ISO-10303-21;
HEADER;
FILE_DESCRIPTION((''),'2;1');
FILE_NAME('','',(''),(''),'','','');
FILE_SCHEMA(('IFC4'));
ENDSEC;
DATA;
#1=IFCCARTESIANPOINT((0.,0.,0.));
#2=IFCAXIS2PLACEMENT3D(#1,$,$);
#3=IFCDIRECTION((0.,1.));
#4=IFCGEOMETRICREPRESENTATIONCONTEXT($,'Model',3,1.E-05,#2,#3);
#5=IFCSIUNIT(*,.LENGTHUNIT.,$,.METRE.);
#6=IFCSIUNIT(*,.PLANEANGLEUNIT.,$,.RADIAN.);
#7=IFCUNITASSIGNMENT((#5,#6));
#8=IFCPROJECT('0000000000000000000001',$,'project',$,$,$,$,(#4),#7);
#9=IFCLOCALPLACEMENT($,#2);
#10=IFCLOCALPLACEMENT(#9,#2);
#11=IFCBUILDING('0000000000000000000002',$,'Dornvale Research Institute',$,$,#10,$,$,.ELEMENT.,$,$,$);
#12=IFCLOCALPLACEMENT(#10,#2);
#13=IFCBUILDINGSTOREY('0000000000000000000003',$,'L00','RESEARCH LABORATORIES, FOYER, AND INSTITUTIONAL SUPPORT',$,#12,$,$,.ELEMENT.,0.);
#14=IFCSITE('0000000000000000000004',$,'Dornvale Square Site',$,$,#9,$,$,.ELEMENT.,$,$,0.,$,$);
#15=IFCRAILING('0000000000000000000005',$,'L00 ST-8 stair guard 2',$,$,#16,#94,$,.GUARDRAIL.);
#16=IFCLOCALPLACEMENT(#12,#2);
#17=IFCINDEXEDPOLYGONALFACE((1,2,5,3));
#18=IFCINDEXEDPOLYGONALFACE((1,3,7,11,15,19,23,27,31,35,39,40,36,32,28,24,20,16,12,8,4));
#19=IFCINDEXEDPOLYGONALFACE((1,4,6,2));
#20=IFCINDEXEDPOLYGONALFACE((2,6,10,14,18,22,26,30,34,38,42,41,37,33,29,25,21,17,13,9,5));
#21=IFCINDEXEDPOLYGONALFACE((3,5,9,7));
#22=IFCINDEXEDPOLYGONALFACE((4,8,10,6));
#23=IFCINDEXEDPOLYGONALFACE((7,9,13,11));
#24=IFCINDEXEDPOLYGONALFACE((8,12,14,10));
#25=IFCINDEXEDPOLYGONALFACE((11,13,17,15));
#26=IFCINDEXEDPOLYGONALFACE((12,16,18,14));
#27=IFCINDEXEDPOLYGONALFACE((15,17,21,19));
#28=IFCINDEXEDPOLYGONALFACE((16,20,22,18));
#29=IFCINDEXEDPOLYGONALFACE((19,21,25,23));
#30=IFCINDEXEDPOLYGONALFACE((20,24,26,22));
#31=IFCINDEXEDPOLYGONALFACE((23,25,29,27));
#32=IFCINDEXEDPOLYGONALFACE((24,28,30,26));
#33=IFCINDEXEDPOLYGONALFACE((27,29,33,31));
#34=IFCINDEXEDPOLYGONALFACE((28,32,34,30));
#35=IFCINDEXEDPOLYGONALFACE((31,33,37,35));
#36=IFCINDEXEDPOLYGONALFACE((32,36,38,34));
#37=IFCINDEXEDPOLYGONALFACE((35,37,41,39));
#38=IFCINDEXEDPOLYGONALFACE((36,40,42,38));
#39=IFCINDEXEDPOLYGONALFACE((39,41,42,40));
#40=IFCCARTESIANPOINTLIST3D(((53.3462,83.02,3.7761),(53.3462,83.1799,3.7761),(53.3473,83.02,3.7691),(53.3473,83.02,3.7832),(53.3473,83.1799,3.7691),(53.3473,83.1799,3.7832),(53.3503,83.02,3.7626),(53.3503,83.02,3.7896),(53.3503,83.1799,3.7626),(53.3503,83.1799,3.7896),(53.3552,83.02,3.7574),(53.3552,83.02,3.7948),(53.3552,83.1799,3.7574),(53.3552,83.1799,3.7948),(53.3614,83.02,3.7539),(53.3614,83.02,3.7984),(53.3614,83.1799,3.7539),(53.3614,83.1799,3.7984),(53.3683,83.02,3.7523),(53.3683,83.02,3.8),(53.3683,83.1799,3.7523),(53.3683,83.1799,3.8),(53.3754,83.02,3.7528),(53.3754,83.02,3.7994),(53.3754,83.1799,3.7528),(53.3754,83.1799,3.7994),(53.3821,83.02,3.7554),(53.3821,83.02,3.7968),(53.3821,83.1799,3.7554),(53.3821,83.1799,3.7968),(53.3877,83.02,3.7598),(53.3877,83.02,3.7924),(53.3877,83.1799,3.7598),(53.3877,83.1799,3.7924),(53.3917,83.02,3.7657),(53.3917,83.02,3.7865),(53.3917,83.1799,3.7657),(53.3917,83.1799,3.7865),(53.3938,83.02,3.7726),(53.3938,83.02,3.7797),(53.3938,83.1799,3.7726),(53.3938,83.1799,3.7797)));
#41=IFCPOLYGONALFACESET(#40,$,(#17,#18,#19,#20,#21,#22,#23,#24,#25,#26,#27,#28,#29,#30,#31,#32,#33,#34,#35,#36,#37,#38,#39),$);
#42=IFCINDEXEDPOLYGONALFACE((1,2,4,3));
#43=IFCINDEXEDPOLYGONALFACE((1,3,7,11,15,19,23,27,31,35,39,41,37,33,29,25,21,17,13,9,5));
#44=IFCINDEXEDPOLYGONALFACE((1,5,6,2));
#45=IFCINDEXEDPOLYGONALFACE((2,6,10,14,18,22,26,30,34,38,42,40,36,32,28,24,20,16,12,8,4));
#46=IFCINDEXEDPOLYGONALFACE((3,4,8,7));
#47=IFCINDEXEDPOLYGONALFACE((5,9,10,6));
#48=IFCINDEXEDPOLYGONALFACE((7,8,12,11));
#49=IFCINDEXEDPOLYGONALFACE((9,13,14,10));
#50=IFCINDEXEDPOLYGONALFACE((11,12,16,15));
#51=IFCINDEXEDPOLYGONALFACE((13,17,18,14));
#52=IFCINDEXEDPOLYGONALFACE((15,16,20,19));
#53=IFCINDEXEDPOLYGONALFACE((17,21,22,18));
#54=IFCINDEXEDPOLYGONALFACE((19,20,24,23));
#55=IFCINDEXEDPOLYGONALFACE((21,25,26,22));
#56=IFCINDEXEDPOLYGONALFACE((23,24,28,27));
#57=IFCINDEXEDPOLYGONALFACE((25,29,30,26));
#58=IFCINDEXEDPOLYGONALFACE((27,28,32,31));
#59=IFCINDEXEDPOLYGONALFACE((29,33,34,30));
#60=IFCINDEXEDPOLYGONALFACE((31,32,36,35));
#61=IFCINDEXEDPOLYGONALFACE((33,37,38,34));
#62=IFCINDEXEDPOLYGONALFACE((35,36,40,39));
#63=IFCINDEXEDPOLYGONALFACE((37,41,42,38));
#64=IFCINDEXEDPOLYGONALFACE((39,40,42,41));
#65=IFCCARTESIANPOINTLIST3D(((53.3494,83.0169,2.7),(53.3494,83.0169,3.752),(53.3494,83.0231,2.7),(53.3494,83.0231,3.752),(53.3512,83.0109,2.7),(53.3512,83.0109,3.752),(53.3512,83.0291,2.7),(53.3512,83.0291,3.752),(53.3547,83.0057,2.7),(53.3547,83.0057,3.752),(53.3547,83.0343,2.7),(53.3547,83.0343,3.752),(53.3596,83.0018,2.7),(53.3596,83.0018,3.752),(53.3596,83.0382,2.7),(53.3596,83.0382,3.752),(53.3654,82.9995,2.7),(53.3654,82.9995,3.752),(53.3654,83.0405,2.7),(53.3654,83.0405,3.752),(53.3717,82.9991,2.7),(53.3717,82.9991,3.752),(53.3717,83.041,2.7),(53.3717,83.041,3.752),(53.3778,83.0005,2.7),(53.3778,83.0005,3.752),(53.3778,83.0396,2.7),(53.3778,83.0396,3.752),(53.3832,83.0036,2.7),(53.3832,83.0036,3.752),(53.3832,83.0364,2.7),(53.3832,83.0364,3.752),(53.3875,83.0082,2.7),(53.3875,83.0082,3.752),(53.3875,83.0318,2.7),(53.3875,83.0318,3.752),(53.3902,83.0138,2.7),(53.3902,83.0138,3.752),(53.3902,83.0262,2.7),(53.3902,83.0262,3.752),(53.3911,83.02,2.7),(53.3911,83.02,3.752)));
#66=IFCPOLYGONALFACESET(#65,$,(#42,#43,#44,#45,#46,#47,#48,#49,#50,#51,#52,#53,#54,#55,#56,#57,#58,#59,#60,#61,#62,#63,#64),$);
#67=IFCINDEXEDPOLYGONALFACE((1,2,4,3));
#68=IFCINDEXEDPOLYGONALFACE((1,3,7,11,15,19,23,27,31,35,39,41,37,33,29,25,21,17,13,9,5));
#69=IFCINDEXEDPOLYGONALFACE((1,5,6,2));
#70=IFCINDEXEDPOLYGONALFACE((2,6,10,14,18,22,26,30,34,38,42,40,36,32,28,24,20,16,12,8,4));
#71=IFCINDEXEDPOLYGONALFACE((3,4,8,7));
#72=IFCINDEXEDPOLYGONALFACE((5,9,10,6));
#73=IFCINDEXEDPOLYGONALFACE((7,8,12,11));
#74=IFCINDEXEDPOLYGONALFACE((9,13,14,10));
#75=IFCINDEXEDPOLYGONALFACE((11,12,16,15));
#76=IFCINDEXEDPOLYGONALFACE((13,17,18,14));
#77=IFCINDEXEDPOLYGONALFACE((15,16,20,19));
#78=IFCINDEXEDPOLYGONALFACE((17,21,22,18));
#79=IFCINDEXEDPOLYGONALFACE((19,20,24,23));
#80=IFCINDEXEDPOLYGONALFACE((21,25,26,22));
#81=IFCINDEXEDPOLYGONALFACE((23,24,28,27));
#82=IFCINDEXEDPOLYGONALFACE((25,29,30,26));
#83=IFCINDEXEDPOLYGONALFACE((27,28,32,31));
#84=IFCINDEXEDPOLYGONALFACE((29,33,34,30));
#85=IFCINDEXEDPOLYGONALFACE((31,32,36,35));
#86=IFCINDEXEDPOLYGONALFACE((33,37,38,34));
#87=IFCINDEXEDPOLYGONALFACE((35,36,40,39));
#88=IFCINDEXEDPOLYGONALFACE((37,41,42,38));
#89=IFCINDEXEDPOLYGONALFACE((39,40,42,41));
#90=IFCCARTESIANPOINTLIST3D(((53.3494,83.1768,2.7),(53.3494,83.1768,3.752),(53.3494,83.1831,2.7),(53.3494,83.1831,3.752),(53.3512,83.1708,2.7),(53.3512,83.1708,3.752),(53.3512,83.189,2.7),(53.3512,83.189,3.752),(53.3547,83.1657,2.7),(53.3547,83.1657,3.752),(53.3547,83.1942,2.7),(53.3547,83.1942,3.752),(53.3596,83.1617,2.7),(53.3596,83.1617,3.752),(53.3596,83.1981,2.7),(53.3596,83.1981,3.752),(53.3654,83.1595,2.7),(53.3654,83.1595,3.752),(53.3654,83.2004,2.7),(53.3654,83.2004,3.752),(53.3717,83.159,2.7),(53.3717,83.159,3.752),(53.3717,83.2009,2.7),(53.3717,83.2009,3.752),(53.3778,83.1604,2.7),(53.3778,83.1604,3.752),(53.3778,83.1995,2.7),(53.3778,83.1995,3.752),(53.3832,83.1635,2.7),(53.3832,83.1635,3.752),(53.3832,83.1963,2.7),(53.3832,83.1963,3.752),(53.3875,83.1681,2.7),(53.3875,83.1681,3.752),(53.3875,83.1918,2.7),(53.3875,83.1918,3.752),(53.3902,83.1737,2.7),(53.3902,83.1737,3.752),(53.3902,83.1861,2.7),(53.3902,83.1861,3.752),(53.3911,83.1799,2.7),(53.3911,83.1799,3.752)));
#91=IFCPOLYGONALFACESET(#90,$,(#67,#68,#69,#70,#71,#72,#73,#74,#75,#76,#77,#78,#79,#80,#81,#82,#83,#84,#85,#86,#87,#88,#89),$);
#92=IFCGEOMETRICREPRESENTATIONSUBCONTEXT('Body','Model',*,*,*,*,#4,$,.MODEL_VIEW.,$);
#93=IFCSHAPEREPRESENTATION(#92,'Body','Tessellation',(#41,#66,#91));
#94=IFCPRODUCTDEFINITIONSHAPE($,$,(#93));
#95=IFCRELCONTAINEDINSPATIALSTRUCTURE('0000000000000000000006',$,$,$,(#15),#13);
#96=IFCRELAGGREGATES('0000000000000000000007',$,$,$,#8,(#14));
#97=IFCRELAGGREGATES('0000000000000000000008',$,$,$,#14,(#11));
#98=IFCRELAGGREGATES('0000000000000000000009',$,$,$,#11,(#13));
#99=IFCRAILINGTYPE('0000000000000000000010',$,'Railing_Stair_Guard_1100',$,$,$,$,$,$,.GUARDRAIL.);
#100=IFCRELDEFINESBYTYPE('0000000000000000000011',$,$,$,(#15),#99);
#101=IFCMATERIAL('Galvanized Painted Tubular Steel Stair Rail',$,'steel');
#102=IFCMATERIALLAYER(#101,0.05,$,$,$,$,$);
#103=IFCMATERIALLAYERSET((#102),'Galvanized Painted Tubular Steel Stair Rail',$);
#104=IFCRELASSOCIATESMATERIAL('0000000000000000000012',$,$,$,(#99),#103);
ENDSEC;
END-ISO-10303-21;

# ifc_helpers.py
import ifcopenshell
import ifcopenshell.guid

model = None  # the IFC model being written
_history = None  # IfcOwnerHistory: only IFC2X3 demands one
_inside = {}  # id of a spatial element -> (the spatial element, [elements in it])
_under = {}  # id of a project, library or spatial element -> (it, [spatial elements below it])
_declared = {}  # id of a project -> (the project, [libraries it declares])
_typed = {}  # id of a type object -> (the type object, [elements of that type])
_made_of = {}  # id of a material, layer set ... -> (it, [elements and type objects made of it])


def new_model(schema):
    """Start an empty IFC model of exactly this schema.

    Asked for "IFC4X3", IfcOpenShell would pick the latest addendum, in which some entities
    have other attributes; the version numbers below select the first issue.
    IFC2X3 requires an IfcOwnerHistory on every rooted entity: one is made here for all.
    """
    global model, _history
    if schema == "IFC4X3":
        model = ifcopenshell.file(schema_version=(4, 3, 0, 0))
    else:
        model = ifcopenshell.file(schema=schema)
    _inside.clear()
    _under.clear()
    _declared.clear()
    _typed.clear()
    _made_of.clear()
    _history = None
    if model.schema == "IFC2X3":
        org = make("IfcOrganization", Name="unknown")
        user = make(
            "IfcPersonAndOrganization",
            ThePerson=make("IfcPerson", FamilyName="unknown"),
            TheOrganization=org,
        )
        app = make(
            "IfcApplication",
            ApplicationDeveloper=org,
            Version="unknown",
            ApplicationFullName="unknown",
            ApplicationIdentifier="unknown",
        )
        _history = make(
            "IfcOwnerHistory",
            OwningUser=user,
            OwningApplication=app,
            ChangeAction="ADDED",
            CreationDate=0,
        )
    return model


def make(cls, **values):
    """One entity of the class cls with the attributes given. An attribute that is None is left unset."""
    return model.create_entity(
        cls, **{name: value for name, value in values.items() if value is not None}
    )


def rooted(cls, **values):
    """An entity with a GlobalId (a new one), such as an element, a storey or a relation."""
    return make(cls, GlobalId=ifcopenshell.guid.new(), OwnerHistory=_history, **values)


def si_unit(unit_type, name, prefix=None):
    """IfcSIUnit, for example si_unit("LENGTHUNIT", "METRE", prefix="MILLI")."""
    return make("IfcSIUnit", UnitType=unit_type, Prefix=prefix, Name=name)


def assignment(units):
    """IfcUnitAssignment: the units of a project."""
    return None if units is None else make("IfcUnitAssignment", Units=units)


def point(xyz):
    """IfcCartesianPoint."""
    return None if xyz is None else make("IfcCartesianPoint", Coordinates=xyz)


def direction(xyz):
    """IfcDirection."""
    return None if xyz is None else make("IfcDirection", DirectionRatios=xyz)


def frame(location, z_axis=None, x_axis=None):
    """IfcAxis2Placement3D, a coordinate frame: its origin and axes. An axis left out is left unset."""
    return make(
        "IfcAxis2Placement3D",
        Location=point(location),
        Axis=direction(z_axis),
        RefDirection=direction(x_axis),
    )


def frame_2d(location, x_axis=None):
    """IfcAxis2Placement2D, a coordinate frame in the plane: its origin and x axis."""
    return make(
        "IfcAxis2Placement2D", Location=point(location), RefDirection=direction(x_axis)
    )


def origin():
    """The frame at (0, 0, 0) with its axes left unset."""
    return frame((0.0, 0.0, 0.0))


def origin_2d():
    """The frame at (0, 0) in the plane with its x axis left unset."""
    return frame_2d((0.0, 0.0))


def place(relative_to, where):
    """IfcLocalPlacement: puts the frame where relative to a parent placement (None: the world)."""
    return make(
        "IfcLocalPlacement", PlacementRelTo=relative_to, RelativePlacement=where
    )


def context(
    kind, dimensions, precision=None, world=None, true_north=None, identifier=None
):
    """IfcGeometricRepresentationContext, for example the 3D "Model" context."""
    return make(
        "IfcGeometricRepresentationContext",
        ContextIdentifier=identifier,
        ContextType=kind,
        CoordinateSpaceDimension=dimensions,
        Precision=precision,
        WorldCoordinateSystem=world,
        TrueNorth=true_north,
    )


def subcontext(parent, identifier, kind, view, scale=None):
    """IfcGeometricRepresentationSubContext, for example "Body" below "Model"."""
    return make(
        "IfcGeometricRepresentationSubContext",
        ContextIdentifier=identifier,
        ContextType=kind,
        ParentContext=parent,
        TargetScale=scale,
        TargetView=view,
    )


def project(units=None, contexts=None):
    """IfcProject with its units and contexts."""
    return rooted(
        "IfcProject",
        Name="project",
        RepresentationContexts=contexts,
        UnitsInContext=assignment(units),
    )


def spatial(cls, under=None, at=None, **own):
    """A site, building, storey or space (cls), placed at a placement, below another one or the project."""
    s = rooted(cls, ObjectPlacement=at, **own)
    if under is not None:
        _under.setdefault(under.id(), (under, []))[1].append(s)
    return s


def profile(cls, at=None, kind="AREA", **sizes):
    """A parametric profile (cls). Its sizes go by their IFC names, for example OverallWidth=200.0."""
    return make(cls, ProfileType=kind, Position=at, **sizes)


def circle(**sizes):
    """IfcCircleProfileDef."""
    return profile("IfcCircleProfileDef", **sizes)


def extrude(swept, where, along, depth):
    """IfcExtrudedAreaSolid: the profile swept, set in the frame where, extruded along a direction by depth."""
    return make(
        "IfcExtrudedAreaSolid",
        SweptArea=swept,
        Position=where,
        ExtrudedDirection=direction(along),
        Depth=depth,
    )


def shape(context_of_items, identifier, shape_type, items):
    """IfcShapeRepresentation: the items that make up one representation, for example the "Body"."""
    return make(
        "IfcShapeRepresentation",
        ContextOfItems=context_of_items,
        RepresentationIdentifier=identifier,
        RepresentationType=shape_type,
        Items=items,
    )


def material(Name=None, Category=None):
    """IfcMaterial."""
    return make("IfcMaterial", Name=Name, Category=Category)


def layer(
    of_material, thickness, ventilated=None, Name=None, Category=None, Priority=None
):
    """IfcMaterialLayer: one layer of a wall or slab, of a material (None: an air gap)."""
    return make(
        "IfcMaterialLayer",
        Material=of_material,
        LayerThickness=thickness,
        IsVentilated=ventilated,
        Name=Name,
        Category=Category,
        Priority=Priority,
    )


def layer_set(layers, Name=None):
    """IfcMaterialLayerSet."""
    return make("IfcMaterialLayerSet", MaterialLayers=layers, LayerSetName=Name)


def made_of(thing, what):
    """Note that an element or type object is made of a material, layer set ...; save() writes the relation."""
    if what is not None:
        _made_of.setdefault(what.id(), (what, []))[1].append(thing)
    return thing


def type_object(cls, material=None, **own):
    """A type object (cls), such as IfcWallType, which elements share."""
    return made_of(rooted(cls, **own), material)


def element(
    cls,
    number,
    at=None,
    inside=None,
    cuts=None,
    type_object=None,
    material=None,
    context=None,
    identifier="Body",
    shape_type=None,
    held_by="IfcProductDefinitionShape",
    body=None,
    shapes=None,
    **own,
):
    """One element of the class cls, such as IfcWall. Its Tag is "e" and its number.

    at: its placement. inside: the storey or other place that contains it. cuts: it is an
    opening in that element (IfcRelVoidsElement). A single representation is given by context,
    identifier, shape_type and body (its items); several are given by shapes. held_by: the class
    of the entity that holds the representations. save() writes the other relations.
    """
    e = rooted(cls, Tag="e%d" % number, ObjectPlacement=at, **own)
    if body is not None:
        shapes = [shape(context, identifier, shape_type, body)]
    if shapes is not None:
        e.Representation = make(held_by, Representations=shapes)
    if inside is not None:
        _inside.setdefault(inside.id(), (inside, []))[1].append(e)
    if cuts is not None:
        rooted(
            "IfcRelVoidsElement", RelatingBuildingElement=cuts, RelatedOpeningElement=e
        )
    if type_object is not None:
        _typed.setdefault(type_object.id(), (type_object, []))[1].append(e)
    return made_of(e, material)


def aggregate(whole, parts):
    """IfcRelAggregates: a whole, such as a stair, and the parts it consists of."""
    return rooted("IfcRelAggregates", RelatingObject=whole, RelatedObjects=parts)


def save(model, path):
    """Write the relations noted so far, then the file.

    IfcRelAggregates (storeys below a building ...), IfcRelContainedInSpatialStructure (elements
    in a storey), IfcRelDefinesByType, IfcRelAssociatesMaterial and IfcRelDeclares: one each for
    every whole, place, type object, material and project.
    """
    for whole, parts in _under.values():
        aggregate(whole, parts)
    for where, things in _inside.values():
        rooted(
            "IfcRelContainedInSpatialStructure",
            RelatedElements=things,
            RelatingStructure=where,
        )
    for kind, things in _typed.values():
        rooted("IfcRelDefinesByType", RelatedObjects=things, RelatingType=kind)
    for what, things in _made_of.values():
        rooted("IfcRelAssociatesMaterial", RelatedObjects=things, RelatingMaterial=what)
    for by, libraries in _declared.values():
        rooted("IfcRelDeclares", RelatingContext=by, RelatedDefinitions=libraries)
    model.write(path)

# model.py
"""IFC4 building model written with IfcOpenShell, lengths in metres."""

from ifc_helpers import new_model, si_unit, direction, frame, origin, origin_2d, place, context, subcontext, project, spatial, circle, extrude, material, layer, layer_set, type_object, element, save


model = new_model("IFC4")

# Units and contexts
model_context = context("Model", 3, precision=1e-05, world=origin(), true_north=direction((0.0, 1.0)))
body_context = subcontext(model_context, "Body", "Model", "MODEL_VIEW")
ifc_project = project(units=[si_unit("LENGTHUNIT", "METRE"), si_unit("PLANEANGLEUNIT", "RADIAN")], contexts=[model_context])

# Site, building, storey
site_placement = place(None, origin())
site = spatial("IfcSite", under=ifc_project, at=site_placement, Name="Dornvale Square Site", CompositionType="ELEMENT", RefElevation=0.0)
building_placement = place(site_placement, origin())
building = spatial("IfcBuilding", under=site, at=building_placement, Name="Dornvale Research Institute", CompositionType="ELEMENT")
storey_placement = place(building_placement, origin())
storey = spatial("IfcBuildingStorey", under=building, at=storey_placement, Name="L00", Description="RESEARCH LABORATORIES, FOYER, AND INSTITUTIONAL SUPPORT", CompositionType="ELEMENT", Elevation=0.0)

# Railing
ifc_material_1 = material(Name="Galvanized Painted Tubular Steel Stair Rail", Category="steel")
ifc_layer_1 = layer(ifc_material_1, 0.05)
ifc_layer_set_1 = layer_set([ifc_layer_1], Name="Galvanized Painted Tubular Steel Stair Rail")
railing_type_1 = type_object("IfcRailingType", Name="Railing_Stair_Guard_1100", PredefinedType="GUARDRAIL", material=ifc_layer_set_1)
railing_1_placement = place(storey_placement, frame((53.3701, 83.02, 2.7)))
element("IfcRailing", 1, at=railing_1_placement, inside=storey, type_object=railing_type_1, Name="L00 ST-8 stair guard 2", PredefinedType="GUARDRAIL", context=body_context, shape_type="SweptSolid", body=[
    extrude(circle(Radius=0.0239, at=origin_2d()), frame((0.0, 0.0, 1.0762), z_axis=(0.0, 1.0, 0.0), x_axis=(-1.0, 0.0, 0.0)), (0.0, 0.0, 1.0), 0.1599),
    extrude(circle(Radius=0.021, at=origin_2d()), origin(), (0.0, 0.0, 1.0), 1.052),
    extrude(circle(Radius=0.021, at=origin_2d()), frame((0.0, 0.1599, 0.0)), (0.0, 0.0, 1.0), 1.052),
])

save(model, "model.ifc")
